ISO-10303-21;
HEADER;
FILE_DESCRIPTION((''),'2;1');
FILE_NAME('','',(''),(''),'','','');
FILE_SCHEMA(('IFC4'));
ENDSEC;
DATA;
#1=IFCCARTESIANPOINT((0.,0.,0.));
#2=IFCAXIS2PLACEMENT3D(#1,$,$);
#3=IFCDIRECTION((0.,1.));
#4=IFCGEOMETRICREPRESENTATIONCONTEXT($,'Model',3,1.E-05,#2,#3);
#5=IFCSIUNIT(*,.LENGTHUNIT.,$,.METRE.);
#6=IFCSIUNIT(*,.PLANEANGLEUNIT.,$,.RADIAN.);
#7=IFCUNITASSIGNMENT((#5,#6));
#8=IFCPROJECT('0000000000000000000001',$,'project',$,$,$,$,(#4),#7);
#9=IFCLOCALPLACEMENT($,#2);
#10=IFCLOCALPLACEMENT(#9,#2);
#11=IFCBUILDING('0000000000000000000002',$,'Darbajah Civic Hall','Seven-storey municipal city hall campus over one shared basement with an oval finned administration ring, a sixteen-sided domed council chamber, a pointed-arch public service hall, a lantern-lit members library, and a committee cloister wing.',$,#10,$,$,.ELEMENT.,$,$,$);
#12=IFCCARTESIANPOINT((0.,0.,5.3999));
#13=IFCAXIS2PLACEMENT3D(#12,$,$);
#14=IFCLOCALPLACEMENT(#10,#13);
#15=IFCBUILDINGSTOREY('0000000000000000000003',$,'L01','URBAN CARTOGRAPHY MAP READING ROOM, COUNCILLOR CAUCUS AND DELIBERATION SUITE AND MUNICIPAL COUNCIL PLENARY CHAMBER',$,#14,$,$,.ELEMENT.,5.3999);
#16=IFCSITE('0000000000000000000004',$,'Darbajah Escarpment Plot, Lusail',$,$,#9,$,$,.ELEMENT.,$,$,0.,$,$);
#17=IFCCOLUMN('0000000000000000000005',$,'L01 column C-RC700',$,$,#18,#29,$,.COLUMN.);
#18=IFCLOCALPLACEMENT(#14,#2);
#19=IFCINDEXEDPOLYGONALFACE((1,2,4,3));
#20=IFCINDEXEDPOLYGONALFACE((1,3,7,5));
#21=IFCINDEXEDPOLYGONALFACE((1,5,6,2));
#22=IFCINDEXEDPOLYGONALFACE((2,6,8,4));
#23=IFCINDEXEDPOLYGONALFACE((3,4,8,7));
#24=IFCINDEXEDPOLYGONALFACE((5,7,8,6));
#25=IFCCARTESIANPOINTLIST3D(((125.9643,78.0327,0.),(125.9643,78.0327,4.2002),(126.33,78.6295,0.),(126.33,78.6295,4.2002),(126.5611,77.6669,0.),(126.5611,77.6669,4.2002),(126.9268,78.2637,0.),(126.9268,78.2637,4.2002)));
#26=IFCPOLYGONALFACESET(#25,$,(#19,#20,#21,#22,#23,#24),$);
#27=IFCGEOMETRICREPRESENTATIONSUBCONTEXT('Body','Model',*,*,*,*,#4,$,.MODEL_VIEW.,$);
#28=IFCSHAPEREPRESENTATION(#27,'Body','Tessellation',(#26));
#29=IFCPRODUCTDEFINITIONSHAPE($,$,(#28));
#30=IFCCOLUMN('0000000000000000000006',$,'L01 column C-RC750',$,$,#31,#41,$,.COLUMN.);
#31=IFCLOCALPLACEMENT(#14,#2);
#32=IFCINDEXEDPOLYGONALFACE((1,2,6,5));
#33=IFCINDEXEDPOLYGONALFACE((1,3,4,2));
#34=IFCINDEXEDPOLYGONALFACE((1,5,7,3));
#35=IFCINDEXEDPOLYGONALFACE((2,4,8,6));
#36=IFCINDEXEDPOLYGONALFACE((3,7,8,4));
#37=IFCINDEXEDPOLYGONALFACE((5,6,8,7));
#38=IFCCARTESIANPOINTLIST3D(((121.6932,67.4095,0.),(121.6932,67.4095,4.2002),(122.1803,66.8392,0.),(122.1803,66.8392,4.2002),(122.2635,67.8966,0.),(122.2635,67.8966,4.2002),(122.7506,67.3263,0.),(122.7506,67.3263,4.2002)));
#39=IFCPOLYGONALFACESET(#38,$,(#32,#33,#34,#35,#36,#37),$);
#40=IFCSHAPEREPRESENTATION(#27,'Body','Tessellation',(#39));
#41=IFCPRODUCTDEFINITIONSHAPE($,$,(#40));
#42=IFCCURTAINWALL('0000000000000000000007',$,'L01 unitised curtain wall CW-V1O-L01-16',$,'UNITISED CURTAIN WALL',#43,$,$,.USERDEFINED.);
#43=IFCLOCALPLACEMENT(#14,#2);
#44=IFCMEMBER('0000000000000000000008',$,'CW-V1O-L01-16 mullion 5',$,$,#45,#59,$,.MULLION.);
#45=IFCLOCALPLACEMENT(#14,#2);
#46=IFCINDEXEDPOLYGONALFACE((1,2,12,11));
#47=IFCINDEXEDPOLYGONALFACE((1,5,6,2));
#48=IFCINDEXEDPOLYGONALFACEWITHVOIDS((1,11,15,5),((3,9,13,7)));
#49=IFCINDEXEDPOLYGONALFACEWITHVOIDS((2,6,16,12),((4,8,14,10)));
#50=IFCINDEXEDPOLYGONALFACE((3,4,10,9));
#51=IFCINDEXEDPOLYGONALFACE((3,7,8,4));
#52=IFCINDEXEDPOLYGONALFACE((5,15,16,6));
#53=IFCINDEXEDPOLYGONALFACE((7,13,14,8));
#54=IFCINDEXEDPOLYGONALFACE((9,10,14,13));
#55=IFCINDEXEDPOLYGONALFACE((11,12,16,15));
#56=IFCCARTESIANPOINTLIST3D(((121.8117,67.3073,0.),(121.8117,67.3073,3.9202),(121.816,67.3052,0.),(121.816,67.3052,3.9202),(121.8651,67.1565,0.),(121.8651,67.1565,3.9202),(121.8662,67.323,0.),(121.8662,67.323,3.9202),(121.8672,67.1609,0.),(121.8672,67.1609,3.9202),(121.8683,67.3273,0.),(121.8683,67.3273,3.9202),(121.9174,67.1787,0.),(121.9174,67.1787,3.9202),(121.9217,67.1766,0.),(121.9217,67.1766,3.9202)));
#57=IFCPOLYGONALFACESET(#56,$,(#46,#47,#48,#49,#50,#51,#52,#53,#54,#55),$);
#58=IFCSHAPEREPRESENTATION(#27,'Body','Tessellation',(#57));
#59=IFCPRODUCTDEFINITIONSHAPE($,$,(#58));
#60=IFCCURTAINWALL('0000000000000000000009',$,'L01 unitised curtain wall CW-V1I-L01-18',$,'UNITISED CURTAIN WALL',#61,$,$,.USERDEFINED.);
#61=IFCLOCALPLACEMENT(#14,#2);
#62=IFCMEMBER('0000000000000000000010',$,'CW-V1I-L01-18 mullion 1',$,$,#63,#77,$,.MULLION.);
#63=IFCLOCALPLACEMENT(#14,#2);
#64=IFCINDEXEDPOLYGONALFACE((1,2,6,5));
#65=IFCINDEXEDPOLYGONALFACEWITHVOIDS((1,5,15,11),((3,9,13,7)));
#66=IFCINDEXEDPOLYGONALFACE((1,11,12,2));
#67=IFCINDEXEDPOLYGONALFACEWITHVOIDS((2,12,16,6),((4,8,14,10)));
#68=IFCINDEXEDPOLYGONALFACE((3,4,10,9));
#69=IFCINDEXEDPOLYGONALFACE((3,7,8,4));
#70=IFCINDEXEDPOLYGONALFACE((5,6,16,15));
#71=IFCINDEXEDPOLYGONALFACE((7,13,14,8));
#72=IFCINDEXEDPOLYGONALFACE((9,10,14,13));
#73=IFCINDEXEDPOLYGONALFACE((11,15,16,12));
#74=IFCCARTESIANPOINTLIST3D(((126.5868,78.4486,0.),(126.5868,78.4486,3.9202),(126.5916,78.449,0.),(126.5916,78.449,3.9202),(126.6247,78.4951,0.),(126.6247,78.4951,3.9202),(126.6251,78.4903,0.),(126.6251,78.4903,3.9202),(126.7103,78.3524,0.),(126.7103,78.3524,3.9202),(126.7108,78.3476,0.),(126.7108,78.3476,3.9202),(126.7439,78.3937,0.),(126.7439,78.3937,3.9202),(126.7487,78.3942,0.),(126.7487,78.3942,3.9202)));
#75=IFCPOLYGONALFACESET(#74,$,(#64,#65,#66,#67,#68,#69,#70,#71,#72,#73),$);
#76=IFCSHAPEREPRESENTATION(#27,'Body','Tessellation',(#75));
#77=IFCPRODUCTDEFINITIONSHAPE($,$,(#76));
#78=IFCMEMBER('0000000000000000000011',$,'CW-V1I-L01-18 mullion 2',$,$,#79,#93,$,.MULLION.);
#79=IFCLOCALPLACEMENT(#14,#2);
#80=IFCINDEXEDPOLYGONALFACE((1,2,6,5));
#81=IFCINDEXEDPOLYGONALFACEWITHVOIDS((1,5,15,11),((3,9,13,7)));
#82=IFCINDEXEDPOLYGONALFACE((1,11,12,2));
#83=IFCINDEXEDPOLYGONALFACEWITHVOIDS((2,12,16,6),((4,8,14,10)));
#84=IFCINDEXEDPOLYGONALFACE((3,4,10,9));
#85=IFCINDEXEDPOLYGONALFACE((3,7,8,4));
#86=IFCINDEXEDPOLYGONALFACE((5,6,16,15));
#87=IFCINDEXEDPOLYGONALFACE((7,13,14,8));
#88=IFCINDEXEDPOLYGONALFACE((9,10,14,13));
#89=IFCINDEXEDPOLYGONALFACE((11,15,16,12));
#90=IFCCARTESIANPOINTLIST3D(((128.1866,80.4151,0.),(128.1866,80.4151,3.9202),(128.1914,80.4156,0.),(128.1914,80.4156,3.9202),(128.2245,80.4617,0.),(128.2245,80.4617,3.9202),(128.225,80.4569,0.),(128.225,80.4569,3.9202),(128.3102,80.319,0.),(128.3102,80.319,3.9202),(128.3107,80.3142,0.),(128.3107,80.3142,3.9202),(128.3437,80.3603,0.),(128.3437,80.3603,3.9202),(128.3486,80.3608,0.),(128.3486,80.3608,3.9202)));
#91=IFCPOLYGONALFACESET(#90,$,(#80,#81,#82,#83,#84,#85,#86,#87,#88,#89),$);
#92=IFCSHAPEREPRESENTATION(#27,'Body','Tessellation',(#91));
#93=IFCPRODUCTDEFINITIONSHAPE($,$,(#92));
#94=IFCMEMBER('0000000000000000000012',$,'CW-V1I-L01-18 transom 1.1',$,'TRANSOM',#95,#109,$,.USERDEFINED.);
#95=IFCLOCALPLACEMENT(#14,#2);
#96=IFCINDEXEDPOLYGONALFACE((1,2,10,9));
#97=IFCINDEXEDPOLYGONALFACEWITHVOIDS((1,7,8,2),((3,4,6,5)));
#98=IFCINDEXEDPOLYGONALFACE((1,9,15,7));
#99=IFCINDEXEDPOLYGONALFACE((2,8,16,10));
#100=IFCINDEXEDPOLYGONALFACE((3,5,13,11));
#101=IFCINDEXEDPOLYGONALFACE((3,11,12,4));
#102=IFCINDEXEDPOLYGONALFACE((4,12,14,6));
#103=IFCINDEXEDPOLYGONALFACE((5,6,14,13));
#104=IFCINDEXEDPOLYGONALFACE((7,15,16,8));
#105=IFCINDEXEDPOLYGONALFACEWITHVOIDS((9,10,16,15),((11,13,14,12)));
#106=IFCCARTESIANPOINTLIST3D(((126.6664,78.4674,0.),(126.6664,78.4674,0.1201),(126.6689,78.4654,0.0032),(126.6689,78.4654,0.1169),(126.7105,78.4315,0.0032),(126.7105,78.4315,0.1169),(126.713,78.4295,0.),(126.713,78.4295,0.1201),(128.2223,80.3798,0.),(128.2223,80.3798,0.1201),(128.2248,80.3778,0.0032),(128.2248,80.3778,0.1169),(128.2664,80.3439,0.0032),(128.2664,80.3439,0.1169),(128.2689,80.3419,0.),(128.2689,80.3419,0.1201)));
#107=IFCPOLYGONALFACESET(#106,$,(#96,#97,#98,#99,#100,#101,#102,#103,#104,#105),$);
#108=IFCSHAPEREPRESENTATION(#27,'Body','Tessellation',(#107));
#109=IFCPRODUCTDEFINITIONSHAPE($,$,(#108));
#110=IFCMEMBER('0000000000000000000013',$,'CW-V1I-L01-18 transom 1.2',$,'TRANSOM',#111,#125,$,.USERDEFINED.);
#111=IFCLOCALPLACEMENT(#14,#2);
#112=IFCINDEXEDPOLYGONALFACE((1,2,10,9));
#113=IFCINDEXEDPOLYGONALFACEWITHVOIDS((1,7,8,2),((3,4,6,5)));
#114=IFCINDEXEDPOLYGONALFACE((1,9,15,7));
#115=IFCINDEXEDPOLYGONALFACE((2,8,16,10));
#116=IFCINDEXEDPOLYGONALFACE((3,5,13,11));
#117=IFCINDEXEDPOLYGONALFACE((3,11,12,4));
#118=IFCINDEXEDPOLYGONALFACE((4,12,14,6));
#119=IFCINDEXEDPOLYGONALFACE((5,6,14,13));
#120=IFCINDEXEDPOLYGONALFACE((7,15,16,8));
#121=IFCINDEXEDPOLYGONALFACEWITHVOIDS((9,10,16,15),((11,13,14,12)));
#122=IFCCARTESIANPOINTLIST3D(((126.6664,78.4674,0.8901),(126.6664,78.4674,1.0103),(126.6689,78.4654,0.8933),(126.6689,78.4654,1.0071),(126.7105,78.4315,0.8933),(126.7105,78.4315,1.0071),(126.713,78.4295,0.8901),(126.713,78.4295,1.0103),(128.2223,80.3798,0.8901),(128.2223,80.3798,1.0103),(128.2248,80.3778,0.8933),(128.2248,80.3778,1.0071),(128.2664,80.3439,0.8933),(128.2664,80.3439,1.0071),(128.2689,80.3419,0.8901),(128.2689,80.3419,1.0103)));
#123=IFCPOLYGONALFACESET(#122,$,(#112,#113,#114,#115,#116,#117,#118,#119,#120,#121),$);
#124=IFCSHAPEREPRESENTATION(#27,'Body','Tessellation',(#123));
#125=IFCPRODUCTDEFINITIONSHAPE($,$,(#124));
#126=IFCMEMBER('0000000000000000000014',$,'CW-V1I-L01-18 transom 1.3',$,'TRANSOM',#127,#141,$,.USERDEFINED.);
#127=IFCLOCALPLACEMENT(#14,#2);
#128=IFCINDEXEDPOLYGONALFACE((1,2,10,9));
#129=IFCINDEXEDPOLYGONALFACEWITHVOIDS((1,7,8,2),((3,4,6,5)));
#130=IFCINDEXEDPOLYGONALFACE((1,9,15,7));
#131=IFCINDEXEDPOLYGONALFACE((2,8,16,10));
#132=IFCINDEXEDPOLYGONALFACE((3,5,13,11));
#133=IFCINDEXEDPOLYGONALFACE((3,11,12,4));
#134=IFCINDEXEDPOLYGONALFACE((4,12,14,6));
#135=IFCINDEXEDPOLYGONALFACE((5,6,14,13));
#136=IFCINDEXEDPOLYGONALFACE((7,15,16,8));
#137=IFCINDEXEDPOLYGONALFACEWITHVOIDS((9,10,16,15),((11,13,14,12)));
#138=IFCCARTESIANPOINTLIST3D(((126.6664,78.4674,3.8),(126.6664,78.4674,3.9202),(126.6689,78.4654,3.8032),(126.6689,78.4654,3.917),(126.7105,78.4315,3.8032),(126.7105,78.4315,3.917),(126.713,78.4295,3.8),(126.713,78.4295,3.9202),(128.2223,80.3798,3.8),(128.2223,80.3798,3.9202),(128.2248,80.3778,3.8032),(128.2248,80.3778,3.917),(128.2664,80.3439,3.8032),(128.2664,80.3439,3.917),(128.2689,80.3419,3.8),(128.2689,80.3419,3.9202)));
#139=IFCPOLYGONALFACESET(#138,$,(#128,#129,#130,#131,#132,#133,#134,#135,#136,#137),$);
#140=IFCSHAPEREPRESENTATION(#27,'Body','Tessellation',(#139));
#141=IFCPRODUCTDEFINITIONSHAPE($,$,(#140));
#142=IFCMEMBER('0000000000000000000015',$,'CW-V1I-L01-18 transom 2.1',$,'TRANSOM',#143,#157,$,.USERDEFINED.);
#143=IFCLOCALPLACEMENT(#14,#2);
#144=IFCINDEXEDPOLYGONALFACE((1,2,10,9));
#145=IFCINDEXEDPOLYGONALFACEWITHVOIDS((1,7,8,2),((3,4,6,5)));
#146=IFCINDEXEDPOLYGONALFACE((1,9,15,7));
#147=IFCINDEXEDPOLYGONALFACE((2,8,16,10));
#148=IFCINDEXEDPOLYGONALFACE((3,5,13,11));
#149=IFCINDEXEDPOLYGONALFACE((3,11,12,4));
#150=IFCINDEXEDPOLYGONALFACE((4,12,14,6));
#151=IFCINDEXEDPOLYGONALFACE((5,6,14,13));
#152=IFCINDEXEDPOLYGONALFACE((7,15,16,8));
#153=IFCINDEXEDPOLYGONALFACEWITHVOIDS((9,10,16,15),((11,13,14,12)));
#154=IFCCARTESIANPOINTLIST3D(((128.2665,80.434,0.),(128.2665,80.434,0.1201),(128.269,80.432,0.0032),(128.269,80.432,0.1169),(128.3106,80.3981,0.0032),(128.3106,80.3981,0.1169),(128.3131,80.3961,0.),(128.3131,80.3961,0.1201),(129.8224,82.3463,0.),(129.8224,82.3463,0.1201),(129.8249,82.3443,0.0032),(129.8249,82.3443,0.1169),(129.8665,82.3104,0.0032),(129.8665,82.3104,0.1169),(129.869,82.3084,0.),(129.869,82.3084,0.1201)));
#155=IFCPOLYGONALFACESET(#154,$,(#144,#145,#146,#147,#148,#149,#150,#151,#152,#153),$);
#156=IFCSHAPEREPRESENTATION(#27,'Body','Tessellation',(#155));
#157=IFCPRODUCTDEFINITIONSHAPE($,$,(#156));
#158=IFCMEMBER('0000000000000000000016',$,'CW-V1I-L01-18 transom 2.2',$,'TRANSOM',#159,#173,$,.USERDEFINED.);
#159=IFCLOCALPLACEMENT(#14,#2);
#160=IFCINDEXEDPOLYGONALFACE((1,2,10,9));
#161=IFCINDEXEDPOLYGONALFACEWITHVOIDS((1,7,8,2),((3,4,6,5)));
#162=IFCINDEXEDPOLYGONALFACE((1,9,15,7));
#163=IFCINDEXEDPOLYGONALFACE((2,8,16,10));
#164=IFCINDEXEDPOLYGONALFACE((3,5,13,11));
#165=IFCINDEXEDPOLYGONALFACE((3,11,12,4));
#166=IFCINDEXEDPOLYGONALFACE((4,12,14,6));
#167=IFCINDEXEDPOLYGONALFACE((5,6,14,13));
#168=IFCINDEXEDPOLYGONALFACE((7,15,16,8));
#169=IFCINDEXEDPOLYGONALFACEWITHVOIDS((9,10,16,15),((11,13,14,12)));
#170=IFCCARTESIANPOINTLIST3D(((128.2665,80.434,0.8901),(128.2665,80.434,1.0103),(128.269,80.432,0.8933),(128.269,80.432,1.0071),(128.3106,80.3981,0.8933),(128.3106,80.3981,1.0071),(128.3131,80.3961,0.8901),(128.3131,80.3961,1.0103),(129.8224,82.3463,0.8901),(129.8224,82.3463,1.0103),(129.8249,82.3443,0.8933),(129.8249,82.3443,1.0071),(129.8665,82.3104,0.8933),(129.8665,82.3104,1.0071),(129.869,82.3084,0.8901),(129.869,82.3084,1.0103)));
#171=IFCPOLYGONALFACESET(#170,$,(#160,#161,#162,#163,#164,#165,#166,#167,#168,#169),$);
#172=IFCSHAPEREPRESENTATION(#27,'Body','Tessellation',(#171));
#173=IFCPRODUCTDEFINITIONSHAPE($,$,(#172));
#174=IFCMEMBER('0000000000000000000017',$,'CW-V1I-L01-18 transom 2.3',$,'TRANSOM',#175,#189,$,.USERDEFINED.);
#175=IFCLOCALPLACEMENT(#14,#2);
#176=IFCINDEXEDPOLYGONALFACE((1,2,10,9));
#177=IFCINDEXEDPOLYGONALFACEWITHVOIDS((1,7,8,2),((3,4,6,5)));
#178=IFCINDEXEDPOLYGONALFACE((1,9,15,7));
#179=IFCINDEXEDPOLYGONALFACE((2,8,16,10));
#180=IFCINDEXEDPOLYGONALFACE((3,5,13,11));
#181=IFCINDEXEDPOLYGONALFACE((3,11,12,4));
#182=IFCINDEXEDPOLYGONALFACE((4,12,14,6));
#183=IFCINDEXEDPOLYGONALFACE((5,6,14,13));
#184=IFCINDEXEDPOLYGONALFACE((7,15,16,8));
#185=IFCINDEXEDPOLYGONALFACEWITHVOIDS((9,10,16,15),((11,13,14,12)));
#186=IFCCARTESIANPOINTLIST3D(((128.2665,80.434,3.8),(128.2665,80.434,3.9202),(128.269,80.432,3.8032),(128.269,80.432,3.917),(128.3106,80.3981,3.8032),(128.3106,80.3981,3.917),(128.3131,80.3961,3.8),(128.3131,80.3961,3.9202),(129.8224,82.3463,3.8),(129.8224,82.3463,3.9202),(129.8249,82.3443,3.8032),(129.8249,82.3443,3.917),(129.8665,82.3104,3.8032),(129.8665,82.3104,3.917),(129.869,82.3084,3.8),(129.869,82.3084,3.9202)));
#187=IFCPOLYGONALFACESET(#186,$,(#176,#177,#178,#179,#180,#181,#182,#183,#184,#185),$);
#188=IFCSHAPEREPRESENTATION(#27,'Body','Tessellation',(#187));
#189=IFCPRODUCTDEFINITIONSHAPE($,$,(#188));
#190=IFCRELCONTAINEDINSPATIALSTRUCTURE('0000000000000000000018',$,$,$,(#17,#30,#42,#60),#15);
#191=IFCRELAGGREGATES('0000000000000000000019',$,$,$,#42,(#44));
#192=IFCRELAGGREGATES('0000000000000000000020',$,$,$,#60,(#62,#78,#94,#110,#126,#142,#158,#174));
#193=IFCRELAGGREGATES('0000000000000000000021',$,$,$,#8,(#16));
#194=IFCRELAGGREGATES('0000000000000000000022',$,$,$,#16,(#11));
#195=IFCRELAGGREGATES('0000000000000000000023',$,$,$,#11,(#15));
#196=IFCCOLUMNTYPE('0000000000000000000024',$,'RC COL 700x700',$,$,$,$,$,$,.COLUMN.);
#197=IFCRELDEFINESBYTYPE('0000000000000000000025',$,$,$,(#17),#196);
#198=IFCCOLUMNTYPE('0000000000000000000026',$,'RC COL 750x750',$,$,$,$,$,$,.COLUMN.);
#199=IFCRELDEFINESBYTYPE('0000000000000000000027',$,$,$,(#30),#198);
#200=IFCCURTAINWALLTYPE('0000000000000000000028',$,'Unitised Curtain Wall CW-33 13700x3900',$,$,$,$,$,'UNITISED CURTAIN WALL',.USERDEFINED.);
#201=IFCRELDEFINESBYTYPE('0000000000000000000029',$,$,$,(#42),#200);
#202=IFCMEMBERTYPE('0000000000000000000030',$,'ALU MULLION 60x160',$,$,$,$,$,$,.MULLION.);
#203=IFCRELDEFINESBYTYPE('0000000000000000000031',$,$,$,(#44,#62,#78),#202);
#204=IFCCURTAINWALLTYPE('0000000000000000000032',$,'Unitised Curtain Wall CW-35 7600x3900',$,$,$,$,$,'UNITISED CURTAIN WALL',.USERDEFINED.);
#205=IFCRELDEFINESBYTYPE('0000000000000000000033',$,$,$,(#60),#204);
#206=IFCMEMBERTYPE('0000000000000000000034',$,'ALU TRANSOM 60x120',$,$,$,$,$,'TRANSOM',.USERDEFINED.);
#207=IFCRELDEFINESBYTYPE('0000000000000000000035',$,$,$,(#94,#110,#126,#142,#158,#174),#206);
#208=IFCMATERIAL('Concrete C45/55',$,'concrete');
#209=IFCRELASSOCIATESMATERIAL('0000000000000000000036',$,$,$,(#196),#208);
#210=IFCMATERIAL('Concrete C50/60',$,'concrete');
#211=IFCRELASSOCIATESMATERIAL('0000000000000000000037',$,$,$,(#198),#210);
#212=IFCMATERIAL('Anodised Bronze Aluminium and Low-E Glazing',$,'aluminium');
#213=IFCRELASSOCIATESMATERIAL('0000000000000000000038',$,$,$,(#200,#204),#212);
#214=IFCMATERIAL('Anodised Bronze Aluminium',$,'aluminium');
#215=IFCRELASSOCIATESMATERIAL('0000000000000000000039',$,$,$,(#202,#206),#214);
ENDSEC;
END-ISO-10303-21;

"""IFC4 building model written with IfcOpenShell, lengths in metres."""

from ifc_helpers import new_model, si_unit, direction, frame, origin, origin_2d, place, context, subcontext, project, spatial, rectangle, hollow_rectangle, extrude, material, material_profile, profile_set, type_object, element, aggregate, save


model = new_model("IFC4")

# Units and contexts
model_context = context("Model", 3, precision=1e-05, world=origin(), true_north=direction((0.0, 1.0)))
body_context = subcontext(model_context, "Body", "Model", "MODEL_VIEW")
ifc_project = project(units=[si_unit("LENGTHUNIT", "METRE"), si_unit("PLANEANGLEUNIT", "RADIAN")], contexts=[model_context])

# Site, building, storey
site_placement = place(None, origin())
site = spatial("IfcSite", under=ifc_project, at=site_placement, Name="Darbajah Escarpment Plot, Lusail", CompositionType="ELEMENT", RefElevation=0.0)
building_placement = place(site_placement, origin())
building = spatial("IfcBuilding", under=site, at=building_placement, Name="Darbajah Civic Hall", Description="Seven-storey municipal city hall campus over one shared basement with an oval finned administration ring, a sixteen-sided domed council chamber, a pointed-arch public service hall, a lantern-lit members library, and a committee cloister wing.", CompositionType="ELEMENT")
storey_placement = place(building_placement, frame((0.0, 0.0, 5.3999)))
storey = spatial("IfcBuildingStorey", under=building, at=storey_placement, Name="L01", Description="URBAN CARTOGRAPHY MAP READING ROOM, COUNCILLOR CAUCUS AND DELIBERATION SUITE AND MUNICIPAL COUNCIL PLENARY CHAMBER", CompositionType="ELEMENT", Elevation=5.3999)

# Columns
ifc_material_1 = material(Name="Concrete C45/55", Category="concrete")
ifc_material_profile_1 = material_profile(ifc_material_1, rectangle(XDim=0.7, YDim=0.7, at=origin_2d()), Name="RC COL 700x700")
ifc_profile_set_1 = profile_set([ifc_material_profile_1], Name="Concrete C45/55")
column_type_1 = type_object("IfcColumnType", Name="RC COL 700x700", PredefinedType="COLUMN", material=ifc_profile_set_1)
column_1_placement = place(storey_placement, frame((126.4456, 78.1482, 0.0), z_axis=(0.0, 0.0, 1.0), x_axis=(0.85264, -0.522499, 0.0)))
element("IfcColumn", 1, at=column_1_placement, inside=storey, type_object=column_type_1, Name="L01 column C-RC700", PredefinedType="COLUMN", context=body_context, shape_type="SweptSolid", body=[
    extrude(rectangle(XDim=0.7, YDim=0.7, at=origin_2d()), origin(), (0.0, 0.0, 1.0), 4.2002),
])
ifc_material_2 = material(Name="Concrete C50/60", Category="concrete")
ifc_material_profile_2 = material_profile(ifc_material_2, rectangle(XDim=0.75, YDim=0.75, at=origin_2d()), Name="RC COL 750x750")
ifc_profile_set_2 = profile_set([ifc_material_profile_2], Name="Concrete C50/60")
column_type_2 = type_object("IfcColumnType", Name="RC COL 750x750", PredefinedType="COLUMN", material=ifc_profile_set_2)
column_2_placement = place(storey_placement, frame((122.2219, 67.3679, 0.0), z_axis=(0.0, 0.0, 1.0), x_axis=(0.649448, -0.760406, 0.0)))
element("IfcColumn", 2, at=column_2_placement, inside=storey, type_object=column_type_2, Name="L01 column C-RC750", PredefinedType="COLUMN", context=body_context, shape_type="SweptSolid", body=[
    extrude(rectangle(XDim=0.75, YDim=0.75, at=origin_2d()), origin(), (0.0, 0.0, 1.0), 4.2002),
])

# Curtain wall, member
ifc_material_3 = material(Name="Anodised Bronze Aluminium and Low-E Glazing", Category="aluminium")
curtain_wall_type_1 = type_object("IfcCurtainWallType", Name="Unitised Curtain Wall CW-33 13700x3900", ElementType="UNITISED CURTAIN WALL", PredefinedType="USERDEFINED", material=ifc_material_3)
curtain_wall_1_placement = place(storey_placement, origin())
curtain_wall_1 = element("IfcCurtainWall", 3, at=curtain_wall_1_placement, inside=storey, type_object=curtain_wall_type_1, Name="L01 unitised curtain wall CW-V1O-L01-16", ObjectType="UNITISED CURTAIN WALL", PredefinedType="USERDEFINED")
ifc_material_4 = material(Name="Anodised Bronze Aluminium", Category="aluminium")
ifc_material_profile_3 = material_profile(ifc_material_4, hollow_rectangle(XDim=0.0601, YDim=0.1599, WallThickness=0.0034, at=origin_2d()), Name="ALU MULLION 60x160")
ifc_profile_set_3 = profile_set([ifc_material_profile_3], Name="Anodised Bronze Aluminium")
member_type_1 = type_object("IfcMemberType", Name="ALU MULLION 60x160", PredefinedType="MULLION", material=ifc_profile_set_3)
member_1_placement = place(storey_placement, frame((121.8667, 67.2419, 0.0), z_axis=(0.0, 0.0, 1.0), x_axis=(0.942525, 0.334136, 0.0)))
member_1 = element("IfcMember", 4, at=member_1_placement, type_object=member_type_1, Name="CW-V1O-L01-16 mullion 5", PredefinedType="MULLION", context=body_context, shape_type="SweptSolid", body=[
    extrude(hollow_rectangle(XDim=0.0601, YDim=0.1599, WallThickness=0.0034, at=origin_2d()), origin(), (0.0, 0.0, 1.0), 3.9202),
])
aggregate(curtain_wall_1, [member_1])

# Curtain wall, members
curtain_wall_type_2 = type_object("IfcCurtainWallType", Name="Unitised Curtain Wall CW-35 7600x3900", ElementType="UNITISED CURTAIN WALL", PredefinedType="USERDEFINED", material=ifc_material_3)
curtain_wall_2_placement = place(storey_placement, origin())
curtain_wall_2 = element("IfcCurtainWall", 5, at=curtain_wall_2_placement, inside=storey, type_object=curtain_wall_type_2, Name="L01 unitised curtain wall CW-V1I-L01-18", ObjectType="UNITISED CURTAIN WALL", PredefinedType="USERDEFINED")
member_2_placement = place(storey_placement, frame((126.6677, 78.4214, 0.0), z_axis=(0.0, 0.0, 1.0), x_axis=(0.631082, 0.775716, 0.0)))
member_2 = element("IfcMember", 6, at=member_2_placement, type_object=member_type_1, Name="CW-V1I-L01-18 mullion 1", PredefinedType="MULLION", context=body_context, shape_type="SweptSolid", body=[
    extrude(hollow_rectangle(XDim=0.0601, YDim=0.1599, WallThickness=0.0034, at=origin_2d()), origin(), (0.0, 0.0, 1.0), 3.9202),
])
member_3_placement = place(storey_placement, frame((128.2676, 80.3879, 0.0), z_axis=(0.0, 0.0, 1.0), x_axis=(0.631082, 0.775716, 0.0)))
member_3 = element("IfcMember", 7, at=member_3_placement, type_object=member_type_1, Name="CW-V1I-L01-18 mullion 2", PredefinedType="MULLION", context=body_context, shape_type="SweptSolid", body=[
    extrude(hollow_rectangle(XDim=0.0601, YDim=0.1599, WallThickness=0.0034, at=origin_2d()), origin(), (0.0, 0.0, 1.0), 3.9202),
])
ifc_material_profile_4 = material_profile(ifc_material_4, hollow_rectangle(XDim=0.0601, YDim=0.1201, WallThickness=0.0032, at=origin_2d()), Name="ALU TRANSOM 60x120")
ifc_profile_set_4 = profile_set([ifc_material_profile_4], Name="Anodised Bronze Aluminium")
member_type_2 = type_object("IfcMemberType", Name="ALU TRANSOM 60x120", ElementType="TRANSOM", PredefinedType="USERDEFINED", material=ifc_profile_set_4)
member_4_placement = place(storey_placement, frame((126.6897, 78.4485, 0.0601), z_axis=(0.631111, 0.775693, 0.0), x_axis=(-0.775693, 0.631111, 0.0)))
member_4 = element("IfcMember", 8, at=member_4_placement, type_object=member_type_2, Name="CW-V1I-L01-18 transom 1.1", ObjectType="TRANSOM", PredefinedType="USERDEFINED", context=body_context, shape_type="SweptSolid", body=[
    extrude(hollow_rectangle(XDim=0.0601, YDim=0.1201, WallThickness=0.0032, at=origin_2d()), origin(), (0.0, 0.0, 1.0), 2.4653),
])
member_5_placement = place(storey_placement, frame((126.6897, 78.4485, 0.9502), z_axis=(0.631111, 0.775693, 0.0), x_axis=(-0.775693, 0.631111, 0.0)))
member_5 = element("IfcMember", 9, at=member_5_placement, type_object=member_type_2, Name="CW-V1I-L01-18 transom 1.2", ObjectType="TRANSOM", PredefinedType="USERDEFINED", context=body_context, shape_type="SweptSolid", body=[
    extrude(hollow_rectangle(XDim=0.0601, YDim=0.1201, WallThickness=0.0032, at=origin_2d()), origin(), (0.0, 0.0, 1.0), 2.4653),
])
member_6_placement = place(storey_placement, frame((126.6897, 78.4485, 3.8601), z_axis=(0.631111, 0.775693, 0.0), x_axis=(-0.775693, 0.631111, 0.0)))
member_6 = element("IfcMember", 10, at=member_6_placement, type_object=member_type_2, Name="CW-V1I-L01-18 transom 1.3", ObjectType="TRANSOM", PredefinedType="USERDEFINED", context=body_context, shape_type="SweptSolid", body=[
    extrude(hollow_rectangle(XDim=0.0601, YDim=0.1201, WallThickness=0.0032, at=origin_2d()), origin(), (0.0, 0.0, 1.0), 2.4653),
])
member_7_placement = place(storey_placement, frame((128.2898, 80.415, 0.0601), z_axis=(0.631111, 0.775693, 0.0), x_axis=(-0.775693, 0.631111, 0.0)))
member_7 = element("IfcMember", 11, at=member_7_placement, type_object=member_type_2, Name="CW-V1I-L01-18 transom 2.1", ObjectType="TRANSOM", PredefinedType="USERDEFINED", context=body_context, shape_type="SweptSolid", body=[
    extrude(hollow_rectangle(XDim=0.0601, YDim=0.1201, WallThickness=0.0032, at=origin_2d()), origin(), (0.0, 0.0, 1.0), 2.4653),
])
member_8_placement = place(storey_placement, frame((128.2898, 80.415, 0.9502), z_axis=(0.631111, 0.775693, 0.0), x_axis=(-0.775693, 0.631111, 0.0)))
member_8 = element("IfcMember", 12, at=member_8_placement, type_object=member_type_2, Name="CW-V1I-L01-18 transom 2.2", ObjectType="TRANSOM", PredefinedType="USERDEFINED", context=body_context, shape_type="SweptSolid", body=[
    extrude(hollow_rectangle(XDim=0.0601, YDim=0.1201, WallThickness=0.0032, at=origin_2d()), origin(), (0.0, 0.0, 1.0), 2.4653),
])
member_9_placement = place(storey_placement, frame((128.2898, 80.415, 3.8601), z_axis=(0.631111, 0.775693, 0.0), x_axis=(-0.775693, 0.631111, 0.0)))
member_9 = element("IfcMember", 13, at=member_9_placement, type_object=member_type_2, Name="CW-V1I-L01-18 transom 2.3", ObjectType="TRANSOM", PredefinedType="USERDEFINED", context=body_context, shape_type="SweptSolid", body=[
    extrude(hollow_rectangle(XDim=0.0601, YDim=0.1201, WallThickness=0.0032, at=origin_2d()), origin(), (0.0, 0.0, 1.0), 2.4653),
])

aggregate(curtain_wall_2, [member_2, member_3, member_4, member_5, member_6, member_7, member_8, member_9])

save(model, "model.ifc")
